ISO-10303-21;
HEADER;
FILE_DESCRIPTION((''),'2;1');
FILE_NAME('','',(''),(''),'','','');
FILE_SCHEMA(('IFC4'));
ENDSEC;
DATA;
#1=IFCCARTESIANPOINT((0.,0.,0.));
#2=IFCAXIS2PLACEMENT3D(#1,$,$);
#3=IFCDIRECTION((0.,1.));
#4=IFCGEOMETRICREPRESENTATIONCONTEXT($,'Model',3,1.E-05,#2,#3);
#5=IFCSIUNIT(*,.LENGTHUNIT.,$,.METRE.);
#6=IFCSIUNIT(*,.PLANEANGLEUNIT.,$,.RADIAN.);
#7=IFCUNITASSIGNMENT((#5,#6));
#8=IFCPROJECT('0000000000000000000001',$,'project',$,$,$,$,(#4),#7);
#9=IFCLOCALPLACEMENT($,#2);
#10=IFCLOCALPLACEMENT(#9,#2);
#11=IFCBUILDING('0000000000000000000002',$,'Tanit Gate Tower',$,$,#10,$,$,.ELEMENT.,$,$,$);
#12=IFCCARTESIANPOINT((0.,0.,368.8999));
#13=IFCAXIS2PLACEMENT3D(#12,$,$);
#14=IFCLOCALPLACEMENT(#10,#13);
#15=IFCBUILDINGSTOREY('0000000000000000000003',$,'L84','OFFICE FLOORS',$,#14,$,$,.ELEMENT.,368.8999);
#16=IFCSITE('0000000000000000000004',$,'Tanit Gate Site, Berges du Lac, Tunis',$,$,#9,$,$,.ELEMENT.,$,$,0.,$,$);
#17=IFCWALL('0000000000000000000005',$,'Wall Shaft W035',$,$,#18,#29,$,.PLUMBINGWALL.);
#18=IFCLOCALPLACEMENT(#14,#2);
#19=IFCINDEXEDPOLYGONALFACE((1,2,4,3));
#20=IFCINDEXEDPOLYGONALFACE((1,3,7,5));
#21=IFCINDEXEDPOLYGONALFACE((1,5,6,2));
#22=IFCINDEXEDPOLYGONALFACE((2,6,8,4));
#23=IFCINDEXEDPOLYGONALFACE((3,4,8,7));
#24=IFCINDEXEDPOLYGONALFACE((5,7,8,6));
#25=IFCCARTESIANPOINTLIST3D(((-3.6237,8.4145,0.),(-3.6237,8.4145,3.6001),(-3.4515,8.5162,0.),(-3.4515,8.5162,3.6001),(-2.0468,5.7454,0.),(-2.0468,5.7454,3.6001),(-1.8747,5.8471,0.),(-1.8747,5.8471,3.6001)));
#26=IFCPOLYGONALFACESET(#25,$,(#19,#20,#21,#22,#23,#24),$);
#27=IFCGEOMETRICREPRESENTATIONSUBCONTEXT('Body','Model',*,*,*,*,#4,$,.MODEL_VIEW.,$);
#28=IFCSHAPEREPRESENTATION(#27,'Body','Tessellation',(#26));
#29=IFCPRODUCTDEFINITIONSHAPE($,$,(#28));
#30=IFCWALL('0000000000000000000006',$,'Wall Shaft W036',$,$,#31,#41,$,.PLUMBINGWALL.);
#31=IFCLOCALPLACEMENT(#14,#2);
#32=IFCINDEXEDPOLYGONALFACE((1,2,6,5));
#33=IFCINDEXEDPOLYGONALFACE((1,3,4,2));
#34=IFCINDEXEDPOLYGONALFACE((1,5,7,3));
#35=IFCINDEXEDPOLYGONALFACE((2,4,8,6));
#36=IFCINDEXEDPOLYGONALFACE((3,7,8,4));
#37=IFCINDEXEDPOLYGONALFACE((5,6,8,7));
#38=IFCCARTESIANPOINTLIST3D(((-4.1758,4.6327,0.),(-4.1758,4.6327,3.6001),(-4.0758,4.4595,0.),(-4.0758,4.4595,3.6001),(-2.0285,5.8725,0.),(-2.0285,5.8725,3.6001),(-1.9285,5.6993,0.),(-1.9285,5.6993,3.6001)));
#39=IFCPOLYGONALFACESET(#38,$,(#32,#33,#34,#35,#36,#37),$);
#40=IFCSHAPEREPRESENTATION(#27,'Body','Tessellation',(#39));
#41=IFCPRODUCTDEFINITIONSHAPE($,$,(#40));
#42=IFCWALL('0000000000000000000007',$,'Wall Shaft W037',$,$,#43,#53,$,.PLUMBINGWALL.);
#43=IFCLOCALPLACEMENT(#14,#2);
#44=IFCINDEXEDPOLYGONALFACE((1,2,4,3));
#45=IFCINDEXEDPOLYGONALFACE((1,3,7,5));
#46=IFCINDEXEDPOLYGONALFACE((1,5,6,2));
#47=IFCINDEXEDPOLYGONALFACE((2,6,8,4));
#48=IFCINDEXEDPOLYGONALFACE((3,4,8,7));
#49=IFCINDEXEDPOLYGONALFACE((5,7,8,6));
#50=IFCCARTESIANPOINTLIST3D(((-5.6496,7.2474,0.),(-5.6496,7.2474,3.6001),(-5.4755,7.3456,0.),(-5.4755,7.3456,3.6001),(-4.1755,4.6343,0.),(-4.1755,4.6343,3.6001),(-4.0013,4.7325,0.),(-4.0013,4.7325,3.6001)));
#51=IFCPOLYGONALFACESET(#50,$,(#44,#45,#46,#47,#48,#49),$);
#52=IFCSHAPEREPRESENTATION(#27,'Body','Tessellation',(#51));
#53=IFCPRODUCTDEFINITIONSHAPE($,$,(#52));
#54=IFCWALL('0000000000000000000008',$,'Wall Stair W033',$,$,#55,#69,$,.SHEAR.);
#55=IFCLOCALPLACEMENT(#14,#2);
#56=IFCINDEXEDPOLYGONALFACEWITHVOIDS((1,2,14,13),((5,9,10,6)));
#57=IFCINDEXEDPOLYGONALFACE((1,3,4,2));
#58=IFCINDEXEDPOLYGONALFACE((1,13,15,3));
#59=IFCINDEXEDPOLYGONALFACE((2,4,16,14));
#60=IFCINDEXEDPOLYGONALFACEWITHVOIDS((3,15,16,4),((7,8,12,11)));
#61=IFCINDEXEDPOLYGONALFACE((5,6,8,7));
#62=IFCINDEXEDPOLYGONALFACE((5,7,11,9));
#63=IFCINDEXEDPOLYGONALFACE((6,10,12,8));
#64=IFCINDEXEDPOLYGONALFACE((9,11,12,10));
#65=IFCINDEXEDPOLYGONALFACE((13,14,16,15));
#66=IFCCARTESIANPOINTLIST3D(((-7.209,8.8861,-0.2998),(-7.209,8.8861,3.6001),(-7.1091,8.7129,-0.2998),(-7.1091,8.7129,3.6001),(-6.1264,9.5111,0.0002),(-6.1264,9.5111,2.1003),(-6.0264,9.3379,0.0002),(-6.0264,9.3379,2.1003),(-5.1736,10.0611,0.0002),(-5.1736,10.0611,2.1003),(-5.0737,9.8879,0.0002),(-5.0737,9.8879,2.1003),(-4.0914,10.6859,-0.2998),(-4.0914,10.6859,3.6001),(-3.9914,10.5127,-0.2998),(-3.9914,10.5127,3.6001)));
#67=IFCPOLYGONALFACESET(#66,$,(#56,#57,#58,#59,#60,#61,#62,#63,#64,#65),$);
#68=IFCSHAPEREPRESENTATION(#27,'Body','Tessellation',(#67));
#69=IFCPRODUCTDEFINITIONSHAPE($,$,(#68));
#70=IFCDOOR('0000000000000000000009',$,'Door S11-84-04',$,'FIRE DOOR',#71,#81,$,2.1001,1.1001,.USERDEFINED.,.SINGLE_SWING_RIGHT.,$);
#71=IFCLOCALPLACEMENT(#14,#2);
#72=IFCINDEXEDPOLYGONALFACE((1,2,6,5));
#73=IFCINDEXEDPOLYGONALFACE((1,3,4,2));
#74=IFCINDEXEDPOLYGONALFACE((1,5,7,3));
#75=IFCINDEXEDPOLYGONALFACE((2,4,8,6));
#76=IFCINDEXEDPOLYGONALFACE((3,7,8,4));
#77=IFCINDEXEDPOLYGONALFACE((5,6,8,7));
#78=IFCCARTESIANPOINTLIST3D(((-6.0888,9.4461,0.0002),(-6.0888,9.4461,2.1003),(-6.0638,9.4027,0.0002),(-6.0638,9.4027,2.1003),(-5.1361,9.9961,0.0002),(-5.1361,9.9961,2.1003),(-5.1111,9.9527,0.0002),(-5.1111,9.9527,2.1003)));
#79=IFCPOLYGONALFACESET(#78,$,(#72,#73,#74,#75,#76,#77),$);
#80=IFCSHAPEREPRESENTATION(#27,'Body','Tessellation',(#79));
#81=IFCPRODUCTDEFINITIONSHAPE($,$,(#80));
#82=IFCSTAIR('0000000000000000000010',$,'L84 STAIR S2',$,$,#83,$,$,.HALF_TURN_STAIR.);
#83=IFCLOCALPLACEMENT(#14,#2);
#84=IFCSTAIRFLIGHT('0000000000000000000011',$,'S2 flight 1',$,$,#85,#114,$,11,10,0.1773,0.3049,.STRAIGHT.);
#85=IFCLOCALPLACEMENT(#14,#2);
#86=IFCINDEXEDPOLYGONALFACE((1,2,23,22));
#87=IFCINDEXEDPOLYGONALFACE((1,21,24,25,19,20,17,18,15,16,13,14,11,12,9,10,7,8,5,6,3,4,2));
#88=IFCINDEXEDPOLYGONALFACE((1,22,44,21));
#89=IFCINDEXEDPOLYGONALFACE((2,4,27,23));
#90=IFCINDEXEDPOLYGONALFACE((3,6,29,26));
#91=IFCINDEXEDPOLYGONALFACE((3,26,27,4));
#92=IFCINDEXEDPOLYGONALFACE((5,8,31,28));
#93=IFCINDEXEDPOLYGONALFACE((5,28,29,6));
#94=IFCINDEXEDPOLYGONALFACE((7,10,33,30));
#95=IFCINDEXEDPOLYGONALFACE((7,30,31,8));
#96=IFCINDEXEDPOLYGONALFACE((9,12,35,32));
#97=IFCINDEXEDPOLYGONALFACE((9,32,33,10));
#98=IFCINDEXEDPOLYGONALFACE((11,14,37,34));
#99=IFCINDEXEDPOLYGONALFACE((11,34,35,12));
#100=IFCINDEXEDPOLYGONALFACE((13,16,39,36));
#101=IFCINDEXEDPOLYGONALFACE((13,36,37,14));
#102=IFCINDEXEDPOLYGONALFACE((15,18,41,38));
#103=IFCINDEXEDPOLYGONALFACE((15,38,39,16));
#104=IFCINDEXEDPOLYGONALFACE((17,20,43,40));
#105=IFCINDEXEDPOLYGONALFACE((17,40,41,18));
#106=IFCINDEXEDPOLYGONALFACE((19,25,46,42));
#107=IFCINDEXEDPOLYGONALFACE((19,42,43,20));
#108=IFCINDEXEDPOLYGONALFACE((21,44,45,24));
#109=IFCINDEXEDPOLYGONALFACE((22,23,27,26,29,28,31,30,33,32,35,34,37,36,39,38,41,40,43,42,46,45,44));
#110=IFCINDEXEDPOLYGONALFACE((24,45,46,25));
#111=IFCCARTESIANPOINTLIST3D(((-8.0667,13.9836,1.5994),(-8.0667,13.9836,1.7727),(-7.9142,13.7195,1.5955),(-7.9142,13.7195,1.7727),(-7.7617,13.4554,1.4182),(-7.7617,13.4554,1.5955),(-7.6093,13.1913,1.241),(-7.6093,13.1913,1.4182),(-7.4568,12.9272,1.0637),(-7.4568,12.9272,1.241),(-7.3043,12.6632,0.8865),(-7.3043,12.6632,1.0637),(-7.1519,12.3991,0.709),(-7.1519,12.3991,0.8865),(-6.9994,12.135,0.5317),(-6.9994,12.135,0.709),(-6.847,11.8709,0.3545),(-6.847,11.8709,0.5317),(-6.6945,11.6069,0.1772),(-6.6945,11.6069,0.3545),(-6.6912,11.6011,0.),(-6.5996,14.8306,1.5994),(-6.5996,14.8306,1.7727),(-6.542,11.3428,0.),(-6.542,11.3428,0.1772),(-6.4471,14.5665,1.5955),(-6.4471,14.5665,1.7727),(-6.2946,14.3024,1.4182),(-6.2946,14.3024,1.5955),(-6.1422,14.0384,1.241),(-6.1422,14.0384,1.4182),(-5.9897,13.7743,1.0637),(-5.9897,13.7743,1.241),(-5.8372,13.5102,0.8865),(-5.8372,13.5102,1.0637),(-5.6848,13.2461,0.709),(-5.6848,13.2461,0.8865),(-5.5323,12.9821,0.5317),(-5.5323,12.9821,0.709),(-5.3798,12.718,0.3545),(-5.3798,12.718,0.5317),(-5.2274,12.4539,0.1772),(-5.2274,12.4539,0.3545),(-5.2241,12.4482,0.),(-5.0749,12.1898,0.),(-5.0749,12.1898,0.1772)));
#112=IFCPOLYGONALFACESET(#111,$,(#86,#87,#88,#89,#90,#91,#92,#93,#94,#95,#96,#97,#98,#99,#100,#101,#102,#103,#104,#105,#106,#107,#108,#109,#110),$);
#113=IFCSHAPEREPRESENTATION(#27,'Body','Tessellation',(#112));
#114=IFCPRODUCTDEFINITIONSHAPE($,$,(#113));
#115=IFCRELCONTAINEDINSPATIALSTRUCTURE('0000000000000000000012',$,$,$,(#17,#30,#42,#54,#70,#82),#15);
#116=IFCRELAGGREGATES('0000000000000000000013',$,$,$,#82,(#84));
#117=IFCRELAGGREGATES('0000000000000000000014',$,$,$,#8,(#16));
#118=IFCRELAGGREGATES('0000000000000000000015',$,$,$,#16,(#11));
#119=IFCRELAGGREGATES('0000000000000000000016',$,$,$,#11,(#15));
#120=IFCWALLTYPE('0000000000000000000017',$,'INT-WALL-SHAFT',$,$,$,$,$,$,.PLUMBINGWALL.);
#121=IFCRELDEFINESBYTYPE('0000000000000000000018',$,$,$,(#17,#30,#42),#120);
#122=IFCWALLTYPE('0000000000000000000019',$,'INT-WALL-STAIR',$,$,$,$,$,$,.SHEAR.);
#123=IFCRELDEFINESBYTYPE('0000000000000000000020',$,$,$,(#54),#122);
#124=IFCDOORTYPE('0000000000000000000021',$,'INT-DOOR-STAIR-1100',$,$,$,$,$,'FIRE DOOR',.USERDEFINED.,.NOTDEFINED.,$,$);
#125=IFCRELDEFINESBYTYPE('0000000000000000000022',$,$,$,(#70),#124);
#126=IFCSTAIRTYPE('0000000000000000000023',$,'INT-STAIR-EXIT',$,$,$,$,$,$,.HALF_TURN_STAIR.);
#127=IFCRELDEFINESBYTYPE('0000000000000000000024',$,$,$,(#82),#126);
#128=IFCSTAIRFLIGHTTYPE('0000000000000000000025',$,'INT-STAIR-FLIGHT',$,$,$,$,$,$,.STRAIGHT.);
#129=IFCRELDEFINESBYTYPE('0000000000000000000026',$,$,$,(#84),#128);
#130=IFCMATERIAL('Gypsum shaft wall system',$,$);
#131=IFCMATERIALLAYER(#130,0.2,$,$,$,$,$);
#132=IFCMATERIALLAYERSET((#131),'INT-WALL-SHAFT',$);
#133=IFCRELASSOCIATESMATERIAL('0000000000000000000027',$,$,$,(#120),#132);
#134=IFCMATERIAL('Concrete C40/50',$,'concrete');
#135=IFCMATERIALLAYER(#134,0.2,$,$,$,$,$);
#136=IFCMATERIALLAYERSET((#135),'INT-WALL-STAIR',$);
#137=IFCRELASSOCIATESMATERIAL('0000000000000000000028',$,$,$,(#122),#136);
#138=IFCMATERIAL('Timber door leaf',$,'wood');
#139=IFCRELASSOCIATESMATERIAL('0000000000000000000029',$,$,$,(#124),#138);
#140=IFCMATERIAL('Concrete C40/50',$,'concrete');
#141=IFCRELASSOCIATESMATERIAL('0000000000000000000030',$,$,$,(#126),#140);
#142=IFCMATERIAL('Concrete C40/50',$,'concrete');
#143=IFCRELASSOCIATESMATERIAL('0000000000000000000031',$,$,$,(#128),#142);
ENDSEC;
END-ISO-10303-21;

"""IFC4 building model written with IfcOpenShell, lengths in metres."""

from ifc_helpers import new_model, si_unit, direction, frame, frame_2d, origin, place, context, subcontext, project, spatial, polyline, rectangle, outline, extrude, material, layer, layer_set, type_object, element, fill, aggregate, save


model = new_model("IFC4")

# Units and contexts
model_context = context("Model", 3, precision=1e-05, world=origin(), true_north=direction((0.0, 1.0)))
body_context = subcontext(model_context, "Body", "Model", "MODEL_VIEW")
ifc_project = project(units=[si_unit("LENGTHUNIT", "METRE"), si_unit("PLANEANGLEUNIT", "RADIAN")], contexts=[model_context])

# Site, building, storey
site_placement = place(None, origin())
site = spatial("IfcSite", under=ifc_project, at=site_placement, Name="Tanit Gate Site, Berges du Lac, Tunis", CompositionType="ELEMENT", RefElevation=0.0)
building_placement = place(site_placement, origin())
building = spatial("IfcBuilding", under=site, at=building_placement, Name="Tanit Gate Tower", CompositionType="ELEMENT")
storey_placement = place(building_placement, frame((0.0, 0.0, 368.8999)))
storey = spatial("IfcBuildingStorey", under=building, at=storey_placement, Name="L84", Description="OFFICE FLOORS", CompositionType="ELEMENT", Elevation=368.8999)

# Shared definitions
ifc_material_1 = material(Name="Gypsum shaft wall system")
ifc_layer_1 = layer(ifc_material_1, 0.2)
ifc_layer_set_1 = layer_set([ifc_layer_1], Name="INT-WALL-SHAFT")
wall_type_1 = type_object("IfcWallType", Name="INT-WALL-SHAFT", PredefinedType="PLUMBINGWALL", material=ifc_layer_set_1)

# Walls
wall_1_placement = place(storey_placement, frame((-3.5376, 8.4653, 0.0), z_axis=(0.0, 0.0, 1.0), x_axis=(0.508647, -0.860975, 0.0)))
element("IfcWall", 1, at=wall_1_placement, inside=storey, type_object=wall_type_1, Name="Wall Shaft W035", PredefinedType="PLUMBINGWALL", context=body_context, shape_type="SweptSolid", body=[
    extrude(rectangle(XDim=3.1001, YDim=0.2, at=frame_2d((1.55, 0.0))), origin(), (0.0, 0.0, 1.0), 3.6001),
])
wall_2_placement = place(storey_placement, frame((-1.9785, 5.7859, 0.0), z_axis=(0.0, 0.0, 1.0), x_axis=(-0.866017, -0.500015, 0.0)))
element("IfcWall", 2, at=wall_2_placement, inside=storey, type_object=wall_type_1, Name="Wall Shaft W036", PredefinedType="PLUMBINGWALL", context=body_context, shape_type="SweptSolid", body=[
    extrude(rectangle(XDim=2.4795, YDim=0.2, at=frame_2d((1.2397, 0.0))), origin(), (0.0, 0.0, 1.0), 3.6001),
])
wall_3_placement = place(storey_placement, frame((-5.5625, 7.2964, 0.0), z_axis=(0.0, 0.0, 1.0), x_axis=(0.491347, -0.870964, 0.0)))
element("IfcWall", 3, at=wall_3_placement, inside=storey, type_object=wall_type_1, Name="Wall Shaft W037", PredefinedType="PLUMBINGWALL", context=body_context, shape_type="SweptSolid", body=[
    extrude(rectangle(XDim=3.0002, YDim=0.2, at=frame_2d((1.5, 0.0))), origin(), (0.0, 0.0, 1.0), 3.6001),
])

# Wall, opening, door
ifc_material_2 = material(Name="Concrete C40/50", Category="concrete")
ifc_layer_2 = layer(ifc_material_2, 0.2)
ifc_layer_set_2 = layer_set([ifc_layer_2], Name="INT-WALL-STAIR")
wall_type_2 = type_object("IfcWallType", Name="INT-WALL-STAIR", PredefinedType="SHEAR", material=ifc_layer_set_2)
wall_4_placement = place(storey_placement, frame((-7.1589, 8.7996, -0.2998), z_axis=(0.0, 0.0, 1.0), x_axis=(0.866048, 0.499961, 0.0)))
wall_4 = element("IfcWall", 4, at=wall_4_placement, inside=storey, type_object=wall_type_2, Name="Wall Stair W033", PredefinedType="SHEAR", context=body_context, shape_type="SweptSolid", body=[
    extrude(rectangle(XDim=3.5999, YDim=0.2, at=frame_2d((1.7998, 0.0))), origin(), (0.0, 0.0, 1.0), 3.8999),
])
opening_1_placement = place(wall_4_placement, frame((1.25, 0.0, 0.3)))
opening_1 = element("IfcOpeningElement", 5, at=opening_1_placement, cuts=wall_4, PredefinedType="OPENING", context=body_context, shape_type="SweptSolid", body=[
    extrude(rectangle(XDim=1.1001, YDim=2.1001, at=frame_2d((0.55, 1.05))), frame((0.0, 0.1099, 0.0), z_axis=(0.0, -1.0, 0.0), x_axis=(1.0, 0.0, 0.0)), (0.0, 0.0, 1.0), 0.22),
])
ifc_material_3 = material(Name="Timber door leaf", Category="wood")
door_type_1 = type_object("IfcDoorType", Name="INT-DOOR-STAIR-1100", ElementType="FIRE DOOR", OperationType="NOTDEFINED", PredefinedType="USERDEFINED", material=ifc_material_3)
door_1_placement = place(opening_1_placement, origin())
door_1 = element("IfcDoor", 6, at=door_1_placement, inside=storey, type_object=door_type_1, Name="Door S11-84-04", ObjectType="FIRE DOOR", OperationType="SINGLE_SWING_RIGHT", OverallHeight=2.1001, OverallWidth=1.1001, PredefinedType="USERDEFINED", context=body_context, shape_type="SweptSolid", body=[
    extrude(rectangle(XDim=1.1001, YDim=2.1001, at=frame_2d((0.55, 1.05))), frame((0.0, 0.0249, 0.0), z_axis=(0.0, -1.0, 0.0), x_axis=(1.0, 0.0, 0.0)), (0.0, 0.0, 1.0), 0.05),
])
fill(opening_1, door_1)

# Stair, stair flight
ifc_material_4 = material(Name="Concrete C40/50", Category="concrete")
stair_type = type_object("IfcStairType", Name="INT-STAIR-EXIT", PredefinedType="HALF_TURN_STAIR", material=ifc_material_4)
stair_placement = place(storey_placement, origin())
stair = element("IfcStair", 7, at=stair_placement, inside=storey, type_object=stair_type, Name="L84 STAIR S2", PredefinedType="HALF_TURN_STAIR")
ifc_material_5 = material(Name="Concrete C40/50", Category="concrete")
stair_flight_type = type_object("IfcStairFlightType", Name="INT-STAIR-FLIGHT", PredefinedType="STRAIGHT", material=ifc_material_5)
stair_flight_placement = place(storey_placement, frame((-5.8083, 11.7664, 0.0), z_axis=(0.0, 0.0, 1.0), x_axis=(-0.5, 0.866025, 0.0)))
stair_flight = element("IfcStairFlight", 8, at=stair_flight_placement, type_object=stair_flight_type, Name="S2 flight 1", NumberOfRisers=11, NumberOfTreads=10, PredefinedType="STRAIGHT", RiserHeight=0.1773, TreadLength=0.3049, context=body_context, shape_type="SweptSolid", body=[
    extrude(outline(polyline([(0.0, 0.0), (0.0, 0.1772), (0.3049, 0.1772), (0.3049, 0.3545), (0.6099, 0.3545), (0.6099, 0.5317), (0.9148, 0.5317), (0.9148, 0.709), (1.2197, 0.709), (1.2197, 0.8865), (1.5247, 0.8865), (1.5247, 1.0637), (1.8296, 1.0637), (1.8296, 1.241), (2.1345, 1.241), (2.1345, 1.4182), (2.4395, 1.4182), (2.4395, 1.5955), (2.7444, 1.5955), (2.7444, 1.7727), (3.0493, 1.7727), (3.0493, 1.95), (3.0493, 1.5994), (0.2983, 0.0), (0.0, 0.0)])), frame((0.0, 0.8472, 0.0), z_axis=(0.0, -1.0, 0.0), x_axis=(1.0, 0.0, 0.0)), (0.0, 0.0, 1.0), 1.6941),
])
aggregate(stair, [stair_flight])

save(model, "model.ifc")
